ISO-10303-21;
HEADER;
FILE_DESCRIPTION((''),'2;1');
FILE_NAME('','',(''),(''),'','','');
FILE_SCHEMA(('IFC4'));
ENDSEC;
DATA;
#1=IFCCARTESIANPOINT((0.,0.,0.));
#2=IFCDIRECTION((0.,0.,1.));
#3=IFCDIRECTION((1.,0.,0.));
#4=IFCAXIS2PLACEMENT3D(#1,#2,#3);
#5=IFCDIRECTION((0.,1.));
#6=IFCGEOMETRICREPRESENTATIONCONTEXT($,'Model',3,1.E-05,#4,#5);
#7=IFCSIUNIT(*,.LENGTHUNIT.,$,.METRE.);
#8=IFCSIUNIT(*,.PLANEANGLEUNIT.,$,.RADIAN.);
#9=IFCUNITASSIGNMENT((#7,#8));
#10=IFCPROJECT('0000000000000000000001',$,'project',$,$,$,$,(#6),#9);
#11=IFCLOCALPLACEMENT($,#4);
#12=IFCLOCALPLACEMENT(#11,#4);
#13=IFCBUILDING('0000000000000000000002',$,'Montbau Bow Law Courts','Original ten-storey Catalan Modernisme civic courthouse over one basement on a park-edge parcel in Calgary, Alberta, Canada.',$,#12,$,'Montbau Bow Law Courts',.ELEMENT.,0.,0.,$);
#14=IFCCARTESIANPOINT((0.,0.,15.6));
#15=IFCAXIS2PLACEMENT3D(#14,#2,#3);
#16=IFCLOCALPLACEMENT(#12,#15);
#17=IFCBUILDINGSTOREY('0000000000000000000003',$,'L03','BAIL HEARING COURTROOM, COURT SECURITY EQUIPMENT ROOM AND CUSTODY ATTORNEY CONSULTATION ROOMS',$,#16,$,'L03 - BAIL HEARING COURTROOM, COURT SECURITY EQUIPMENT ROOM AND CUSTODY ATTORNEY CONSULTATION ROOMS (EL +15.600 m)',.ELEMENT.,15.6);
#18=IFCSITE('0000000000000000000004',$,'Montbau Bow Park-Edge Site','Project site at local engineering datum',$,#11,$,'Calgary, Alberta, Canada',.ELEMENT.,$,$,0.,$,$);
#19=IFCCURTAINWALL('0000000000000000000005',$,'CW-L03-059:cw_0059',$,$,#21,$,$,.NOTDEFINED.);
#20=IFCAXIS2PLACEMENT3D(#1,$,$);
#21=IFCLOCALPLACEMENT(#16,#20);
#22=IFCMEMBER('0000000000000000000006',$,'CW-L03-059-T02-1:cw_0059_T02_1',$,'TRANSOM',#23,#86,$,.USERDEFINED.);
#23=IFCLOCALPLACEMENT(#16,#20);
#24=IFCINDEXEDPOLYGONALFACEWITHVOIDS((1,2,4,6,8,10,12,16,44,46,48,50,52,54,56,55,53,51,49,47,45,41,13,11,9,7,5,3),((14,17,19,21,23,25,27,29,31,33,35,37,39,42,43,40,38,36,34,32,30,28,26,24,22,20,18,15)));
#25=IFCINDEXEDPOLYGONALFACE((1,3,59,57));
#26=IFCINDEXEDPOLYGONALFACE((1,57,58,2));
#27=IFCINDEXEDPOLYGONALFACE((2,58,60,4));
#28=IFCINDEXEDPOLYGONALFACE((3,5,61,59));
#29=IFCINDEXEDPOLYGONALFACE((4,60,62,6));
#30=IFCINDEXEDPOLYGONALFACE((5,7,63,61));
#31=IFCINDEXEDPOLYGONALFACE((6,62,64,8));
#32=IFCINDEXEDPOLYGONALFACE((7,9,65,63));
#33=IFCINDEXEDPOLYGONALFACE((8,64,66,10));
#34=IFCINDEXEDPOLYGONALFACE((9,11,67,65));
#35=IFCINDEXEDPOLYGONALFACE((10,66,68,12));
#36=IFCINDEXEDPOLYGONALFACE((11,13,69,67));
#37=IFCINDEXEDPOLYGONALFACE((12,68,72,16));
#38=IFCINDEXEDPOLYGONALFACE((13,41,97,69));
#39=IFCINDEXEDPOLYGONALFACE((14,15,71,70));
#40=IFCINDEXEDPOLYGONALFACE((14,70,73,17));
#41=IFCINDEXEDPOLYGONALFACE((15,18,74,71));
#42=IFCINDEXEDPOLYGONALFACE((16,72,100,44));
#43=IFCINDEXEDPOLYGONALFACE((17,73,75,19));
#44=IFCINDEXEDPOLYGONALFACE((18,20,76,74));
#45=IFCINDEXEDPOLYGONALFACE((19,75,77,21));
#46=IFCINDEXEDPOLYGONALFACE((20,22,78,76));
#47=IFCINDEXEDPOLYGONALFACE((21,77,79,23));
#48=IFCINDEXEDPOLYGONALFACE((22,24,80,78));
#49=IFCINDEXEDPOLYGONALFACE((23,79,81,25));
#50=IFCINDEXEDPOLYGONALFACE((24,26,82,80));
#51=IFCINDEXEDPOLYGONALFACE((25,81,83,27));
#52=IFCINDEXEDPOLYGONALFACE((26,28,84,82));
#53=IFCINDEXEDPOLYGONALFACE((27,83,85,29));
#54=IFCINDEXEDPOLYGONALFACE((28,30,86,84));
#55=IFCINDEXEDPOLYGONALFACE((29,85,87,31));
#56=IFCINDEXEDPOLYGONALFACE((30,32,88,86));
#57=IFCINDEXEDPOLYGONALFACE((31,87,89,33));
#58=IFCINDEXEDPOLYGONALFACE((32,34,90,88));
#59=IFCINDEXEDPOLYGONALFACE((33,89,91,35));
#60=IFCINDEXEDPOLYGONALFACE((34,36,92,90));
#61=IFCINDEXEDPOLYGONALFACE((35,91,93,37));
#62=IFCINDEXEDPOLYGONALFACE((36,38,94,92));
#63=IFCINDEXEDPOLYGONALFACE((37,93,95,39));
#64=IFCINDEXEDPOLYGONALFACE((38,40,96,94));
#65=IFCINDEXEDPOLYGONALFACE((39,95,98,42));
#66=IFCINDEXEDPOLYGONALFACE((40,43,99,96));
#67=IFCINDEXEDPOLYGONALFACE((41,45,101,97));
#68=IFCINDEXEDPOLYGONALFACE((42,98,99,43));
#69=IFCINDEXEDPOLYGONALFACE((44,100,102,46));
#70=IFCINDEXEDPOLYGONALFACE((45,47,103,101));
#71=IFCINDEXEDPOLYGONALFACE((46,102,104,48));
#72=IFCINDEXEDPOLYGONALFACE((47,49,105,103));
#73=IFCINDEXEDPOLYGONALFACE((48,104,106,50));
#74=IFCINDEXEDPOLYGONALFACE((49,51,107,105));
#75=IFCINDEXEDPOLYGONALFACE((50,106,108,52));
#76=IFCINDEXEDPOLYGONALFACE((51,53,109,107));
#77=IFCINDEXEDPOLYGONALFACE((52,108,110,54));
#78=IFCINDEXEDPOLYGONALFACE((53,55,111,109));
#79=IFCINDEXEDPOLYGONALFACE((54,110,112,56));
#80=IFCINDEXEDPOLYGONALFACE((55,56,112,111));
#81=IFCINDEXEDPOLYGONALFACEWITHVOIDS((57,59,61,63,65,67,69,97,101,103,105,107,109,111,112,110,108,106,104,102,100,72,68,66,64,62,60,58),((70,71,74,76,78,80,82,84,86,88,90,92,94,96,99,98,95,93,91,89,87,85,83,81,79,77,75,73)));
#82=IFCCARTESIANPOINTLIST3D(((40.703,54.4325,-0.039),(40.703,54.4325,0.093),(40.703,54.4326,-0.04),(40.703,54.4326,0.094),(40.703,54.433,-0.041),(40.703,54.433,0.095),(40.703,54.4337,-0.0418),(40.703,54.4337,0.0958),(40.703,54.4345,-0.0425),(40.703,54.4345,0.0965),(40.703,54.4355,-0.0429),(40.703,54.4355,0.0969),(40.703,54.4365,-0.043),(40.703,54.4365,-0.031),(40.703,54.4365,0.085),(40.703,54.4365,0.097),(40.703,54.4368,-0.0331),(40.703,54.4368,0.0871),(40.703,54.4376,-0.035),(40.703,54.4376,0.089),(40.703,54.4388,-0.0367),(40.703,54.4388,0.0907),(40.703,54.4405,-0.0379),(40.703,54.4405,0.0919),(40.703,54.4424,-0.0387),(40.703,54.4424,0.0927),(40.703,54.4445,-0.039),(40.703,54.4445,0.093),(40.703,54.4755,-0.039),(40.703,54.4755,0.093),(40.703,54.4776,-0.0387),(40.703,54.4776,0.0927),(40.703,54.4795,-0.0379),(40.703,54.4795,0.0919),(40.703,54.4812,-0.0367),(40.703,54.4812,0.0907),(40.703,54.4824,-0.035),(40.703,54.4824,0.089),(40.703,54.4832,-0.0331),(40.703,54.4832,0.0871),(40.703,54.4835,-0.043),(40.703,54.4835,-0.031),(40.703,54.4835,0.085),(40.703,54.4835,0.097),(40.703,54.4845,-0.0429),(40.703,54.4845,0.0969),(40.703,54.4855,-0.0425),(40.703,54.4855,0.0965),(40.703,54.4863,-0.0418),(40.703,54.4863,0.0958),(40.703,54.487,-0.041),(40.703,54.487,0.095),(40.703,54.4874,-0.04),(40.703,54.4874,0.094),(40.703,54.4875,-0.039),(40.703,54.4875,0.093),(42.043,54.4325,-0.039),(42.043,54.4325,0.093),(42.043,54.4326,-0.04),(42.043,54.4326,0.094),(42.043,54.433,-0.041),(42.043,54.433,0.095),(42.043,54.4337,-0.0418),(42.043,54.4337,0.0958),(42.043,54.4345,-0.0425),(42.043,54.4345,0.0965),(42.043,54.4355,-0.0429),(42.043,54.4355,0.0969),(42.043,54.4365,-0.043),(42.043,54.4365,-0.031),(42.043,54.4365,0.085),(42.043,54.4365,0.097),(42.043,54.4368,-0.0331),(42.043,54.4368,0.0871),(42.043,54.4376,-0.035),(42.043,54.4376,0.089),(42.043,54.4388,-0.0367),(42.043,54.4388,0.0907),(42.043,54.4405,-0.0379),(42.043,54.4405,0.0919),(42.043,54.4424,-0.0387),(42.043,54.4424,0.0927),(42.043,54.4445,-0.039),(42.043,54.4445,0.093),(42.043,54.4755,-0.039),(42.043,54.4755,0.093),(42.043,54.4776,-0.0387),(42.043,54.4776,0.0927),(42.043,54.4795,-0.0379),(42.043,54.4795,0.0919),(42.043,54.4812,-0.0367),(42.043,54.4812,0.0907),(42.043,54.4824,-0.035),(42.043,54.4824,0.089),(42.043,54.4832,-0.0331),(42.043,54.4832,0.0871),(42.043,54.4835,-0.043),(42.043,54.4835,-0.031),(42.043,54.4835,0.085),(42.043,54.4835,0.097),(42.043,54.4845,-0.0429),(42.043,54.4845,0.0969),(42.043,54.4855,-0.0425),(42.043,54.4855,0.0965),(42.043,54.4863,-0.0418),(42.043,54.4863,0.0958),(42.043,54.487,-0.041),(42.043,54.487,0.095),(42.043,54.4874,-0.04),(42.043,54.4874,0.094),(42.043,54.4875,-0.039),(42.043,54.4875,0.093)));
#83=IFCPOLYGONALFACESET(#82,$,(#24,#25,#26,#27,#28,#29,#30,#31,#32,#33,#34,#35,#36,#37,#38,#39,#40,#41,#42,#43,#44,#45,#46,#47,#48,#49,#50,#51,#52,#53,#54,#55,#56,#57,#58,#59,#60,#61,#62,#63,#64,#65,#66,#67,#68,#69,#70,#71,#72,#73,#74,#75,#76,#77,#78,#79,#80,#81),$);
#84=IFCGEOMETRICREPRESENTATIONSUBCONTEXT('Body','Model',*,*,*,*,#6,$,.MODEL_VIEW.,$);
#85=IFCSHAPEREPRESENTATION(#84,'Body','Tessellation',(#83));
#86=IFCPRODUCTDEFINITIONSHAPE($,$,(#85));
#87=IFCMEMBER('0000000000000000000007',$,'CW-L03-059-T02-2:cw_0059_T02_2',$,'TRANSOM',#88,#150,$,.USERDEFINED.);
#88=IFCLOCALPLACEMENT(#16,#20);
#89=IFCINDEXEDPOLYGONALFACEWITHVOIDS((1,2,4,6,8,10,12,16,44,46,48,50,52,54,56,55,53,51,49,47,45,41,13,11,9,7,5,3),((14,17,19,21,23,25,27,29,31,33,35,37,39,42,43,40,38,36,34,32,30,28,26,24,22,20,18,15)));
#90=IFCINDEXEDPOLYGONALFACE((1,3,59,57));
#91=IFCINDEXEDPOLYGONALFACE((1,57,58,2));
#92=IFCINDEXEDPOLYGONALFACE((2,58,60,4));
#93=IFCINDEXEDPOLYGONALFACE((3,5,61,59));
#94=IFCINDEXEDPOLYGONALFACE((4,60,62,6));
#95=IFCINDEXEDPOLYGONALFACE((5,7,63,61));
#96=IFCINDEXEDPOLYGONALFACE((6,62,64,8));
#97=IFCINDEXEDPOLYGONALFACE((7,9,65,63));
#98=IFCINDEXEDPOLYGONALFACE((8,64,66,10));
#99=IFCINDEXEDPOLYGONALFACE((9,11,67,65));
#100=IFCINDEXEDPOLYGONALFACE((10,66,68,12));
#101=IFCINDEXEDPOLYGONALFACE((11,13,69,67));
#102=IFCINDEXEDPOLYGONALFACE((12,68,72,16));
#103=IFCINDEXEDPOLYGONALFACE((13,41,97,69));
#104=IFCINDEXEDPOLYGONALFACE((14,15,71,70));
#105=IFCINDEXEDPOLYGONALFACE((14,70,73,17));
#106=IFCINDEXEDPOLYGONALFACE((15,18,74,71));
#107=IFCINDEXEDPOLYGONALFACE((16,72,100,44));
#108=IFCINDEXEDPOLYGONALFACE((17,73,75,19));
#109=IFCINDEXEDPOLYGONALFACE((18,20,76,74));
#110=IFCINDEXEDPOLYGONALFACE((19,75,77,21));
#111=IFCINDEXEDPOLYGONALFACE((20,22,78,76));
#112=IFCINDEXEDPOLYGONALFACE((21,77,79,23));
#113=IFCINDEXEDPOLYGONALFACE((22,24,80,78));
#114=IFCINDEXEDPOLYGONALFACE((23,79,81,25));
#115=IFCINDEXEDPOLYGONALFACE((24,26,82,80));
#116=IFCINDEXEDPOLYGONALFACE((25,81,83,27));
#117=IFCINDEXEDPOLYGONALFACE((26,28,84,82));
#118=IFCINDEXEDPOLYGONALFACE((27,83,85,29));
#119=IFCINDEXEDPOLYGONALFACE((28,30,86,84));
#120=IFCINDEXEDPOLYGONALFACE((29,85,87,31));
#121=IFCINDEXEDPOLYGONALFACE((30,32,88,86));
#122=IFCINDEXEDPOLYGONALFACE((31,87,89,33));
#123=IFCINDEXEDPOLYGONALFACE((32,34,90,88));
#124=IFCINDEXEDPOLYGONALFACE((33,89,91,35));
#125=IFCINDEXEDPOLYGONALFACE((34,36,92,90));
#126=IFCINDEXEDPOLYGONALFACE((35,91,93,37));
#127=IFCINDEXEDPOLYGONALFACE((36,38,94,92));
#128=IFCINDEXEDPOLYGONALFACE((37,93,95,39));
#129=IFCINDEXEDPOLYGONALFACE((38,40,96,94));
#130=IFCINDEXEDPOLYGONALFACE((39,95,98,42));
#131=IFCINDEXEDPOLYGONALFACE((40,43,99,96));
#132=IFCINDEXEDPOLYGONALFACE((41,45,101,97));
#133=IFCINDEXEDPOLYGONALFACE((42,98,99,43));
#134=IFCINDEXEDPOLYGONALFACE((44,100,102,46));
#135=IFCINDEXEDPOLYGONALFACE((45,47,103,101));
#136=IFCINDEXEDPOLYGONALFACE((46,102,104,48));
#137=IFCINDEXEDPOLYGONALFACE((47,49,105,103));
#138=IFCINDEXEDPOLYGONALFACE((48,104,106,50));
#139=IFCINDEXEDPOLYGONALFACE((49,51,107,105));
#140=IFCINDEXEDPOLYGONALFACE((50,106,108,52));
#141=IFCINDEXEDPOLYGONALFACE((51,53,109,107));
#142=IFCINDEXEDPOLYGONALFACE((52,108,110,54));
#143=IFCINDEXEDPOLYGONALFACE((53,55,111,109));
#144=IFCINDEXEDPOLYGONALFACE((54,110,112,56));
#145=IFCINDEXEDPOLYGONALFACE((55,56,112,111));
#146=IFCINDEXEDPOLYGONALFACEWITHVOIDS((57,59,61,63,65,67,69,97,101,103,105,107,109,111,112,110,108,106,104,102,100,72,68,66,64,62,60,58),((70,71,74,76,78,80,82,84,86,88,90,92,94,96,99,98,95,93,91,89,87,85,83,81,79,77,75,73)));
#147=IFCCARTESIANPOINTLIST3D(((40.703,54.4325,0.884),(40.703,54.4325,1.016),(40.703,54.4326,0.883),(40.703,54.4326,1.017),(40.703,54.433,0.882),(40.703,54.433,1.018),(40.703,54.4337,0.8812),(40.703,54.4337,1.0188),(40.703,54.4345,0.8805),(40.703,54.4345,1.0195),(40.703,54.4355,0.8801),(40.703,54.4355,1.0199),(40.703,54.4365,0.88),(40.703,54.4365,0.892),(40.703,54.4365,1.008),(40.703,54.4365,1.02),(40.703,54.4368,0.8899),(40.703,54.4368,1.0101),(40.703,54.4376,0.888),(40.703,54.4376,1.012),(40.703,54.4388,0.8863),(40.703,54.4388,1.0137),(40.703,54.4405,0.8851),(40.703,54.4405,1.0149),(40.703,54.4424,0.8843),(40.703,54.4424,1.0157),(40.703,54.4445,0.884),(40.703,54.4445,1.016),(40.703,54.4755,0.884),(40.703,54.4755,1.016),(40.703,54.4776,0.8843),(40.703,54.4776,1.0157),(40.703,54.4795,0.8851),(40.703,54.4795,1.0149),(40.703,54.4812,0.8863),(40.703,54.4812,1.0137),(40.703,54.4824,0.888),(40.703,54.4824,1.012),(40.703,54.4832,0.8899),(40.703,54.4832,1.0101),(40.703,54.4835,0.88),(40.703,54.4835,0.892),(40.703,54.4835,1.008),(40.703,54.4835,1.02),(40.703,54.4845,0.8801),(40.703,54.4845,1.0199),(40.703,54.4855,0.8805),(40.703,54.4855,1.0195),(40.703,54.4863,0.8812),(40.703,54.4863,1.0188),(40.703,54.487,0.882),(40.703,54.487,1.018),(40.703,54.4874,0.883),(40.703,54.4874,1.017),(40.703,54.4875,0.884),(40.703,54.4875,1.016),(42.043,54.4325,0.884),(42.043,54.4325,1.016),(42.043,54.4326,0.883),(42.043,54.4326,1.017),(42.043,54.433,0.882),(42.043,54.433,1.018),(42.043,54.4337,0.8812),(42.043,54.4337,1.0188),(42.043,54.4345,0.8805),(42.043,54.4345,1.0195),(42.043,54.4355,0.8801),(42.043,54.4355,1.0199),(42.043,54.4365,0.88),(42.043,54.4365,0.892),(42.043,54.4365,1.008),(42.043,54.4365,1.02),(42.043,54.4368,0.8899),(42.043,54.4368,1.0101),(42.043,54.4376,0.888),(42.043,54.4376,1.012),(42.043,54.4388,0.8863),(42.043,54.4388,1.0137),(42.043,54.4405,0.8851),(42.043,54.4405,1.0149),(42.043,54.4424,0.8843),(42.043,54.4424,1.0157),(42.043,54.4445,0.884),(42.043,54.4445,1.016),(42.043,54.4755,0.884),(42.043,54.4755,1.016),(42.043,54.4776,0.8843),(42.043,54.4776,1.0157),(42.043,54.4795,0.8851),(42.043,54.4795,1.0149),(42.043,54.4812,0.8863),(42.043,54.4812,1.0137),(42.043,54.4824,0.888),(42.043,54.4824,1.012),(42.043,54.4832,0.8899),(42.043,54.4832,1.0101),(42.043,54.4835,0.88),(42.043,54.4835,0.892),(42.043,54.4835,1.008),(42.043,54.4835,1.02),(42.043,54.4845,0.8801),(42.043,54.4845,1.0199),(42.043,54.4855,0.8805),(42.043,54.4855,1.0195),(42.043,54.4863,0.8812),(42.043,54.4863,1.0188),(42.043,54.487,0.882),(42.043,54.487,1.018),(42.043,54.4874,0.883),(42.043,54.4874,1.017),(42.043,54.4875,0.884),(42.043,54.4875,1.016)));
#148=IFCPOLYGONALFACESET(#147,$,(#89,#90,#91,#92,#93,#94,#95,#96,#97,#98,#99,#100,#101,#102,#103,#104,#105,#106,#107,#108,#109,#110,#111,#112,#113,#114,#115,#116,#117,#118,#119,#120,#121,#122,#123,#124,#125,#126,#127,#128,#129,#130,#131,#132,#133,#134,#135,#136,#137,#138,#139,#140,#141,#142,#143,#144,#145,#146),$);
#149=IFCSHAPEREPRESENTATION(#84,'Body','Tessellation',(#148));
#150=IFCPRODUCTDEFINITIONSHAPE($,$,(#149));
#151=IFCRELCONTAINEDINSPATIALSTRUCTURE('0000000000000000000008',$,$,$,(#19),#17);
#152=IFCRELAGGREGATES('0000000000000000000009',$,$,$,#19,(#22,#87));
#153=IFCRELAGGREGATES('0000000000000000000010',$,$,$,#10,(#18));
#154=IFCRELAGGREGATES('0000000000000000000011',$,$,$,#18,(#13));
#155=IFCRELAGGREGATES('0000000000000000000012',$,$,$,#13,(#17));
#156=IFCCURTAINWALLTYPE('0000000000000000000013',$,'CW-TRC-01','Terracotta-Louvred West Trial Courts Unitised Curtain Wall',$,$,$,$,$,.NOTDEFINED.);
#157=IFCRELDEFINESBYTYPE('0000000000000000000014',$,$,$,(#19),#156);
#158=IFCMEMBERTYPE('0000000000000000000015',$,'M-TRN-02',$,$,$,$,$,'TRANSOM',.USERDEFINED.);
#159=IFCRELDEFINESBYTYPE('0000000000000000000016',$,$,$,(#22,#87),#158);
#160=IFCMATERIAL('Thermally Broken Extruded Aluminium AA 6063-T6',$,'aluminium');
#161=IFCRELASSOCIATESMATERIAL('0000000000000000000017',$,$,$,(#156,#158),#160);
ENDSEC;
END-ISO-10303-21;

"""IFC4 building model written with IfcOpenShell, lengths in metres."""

from ifc_helpers import new_model, si_unit, direction, frame, origin_with_axes, origin_2d_with_axis, place, context, subcontext, project, spatial, hollow_rectangle, extrude, material, material_profile, profile_set, type_object, element, aggregate, save


model = new_model("IFC4")

# Units and contexts
model_context = context("Model", 3, precision=1e-05, world=origin_with_axes(), true_north=direction((0.0, 1.0)))
body_context = subcontext(model_context, "Body", "Model", "MODEL_VIEW")
ifc_project = project(units=[si_unit("LENGTHUNIT", "METRE"), si_unit("PLANEANGLEUNIT", "RADIAN")], contexts=[model_context])

# Site, building, storey
site_placement = place(None, origin_with_axes())
site = spatial("IfcSite", under=ifc_project, at=site_placement, Name="Montbau Bow Park-Edge Site", Description="Project site at local engineering datum", LongName="Calgary, Alberta, Canada", CompositionType="ELEMENT", RefElevation=0.0)
building_placement = place(site_placement, origin_with_axes())
building = spatial("IfcBuilding", under=site, at=building_placement, Name="Montbau Bow Law Courts", Description="Original ten-storey Catalan Modernisme civic courthouse over one basement on a park-edge parcel in Calgary, Alberta, Canada.", LongName="Montbau Bow Law Courts", CompositionType="ELEMENT", ElevationOfRefHeight=0.0, ElevationOfTerrain=0.0)
storey_placement = place(building_placement, frame((0.0, 0.0, 15.6), z_axis=(0.0, 0.0, 1.0), x_axis=(1.0, 0.0, 0.0)))
storey = spatial("IfcBuildingStorey", under=building, at=storey_placement, Name="L03", Description="BAIL HEARING COURTROOM, COURT SECURITY EQUIPMENT ROOM AND CUSTODY ATTORNEY CONSULTATION ROOMS", LongName="L03 - BAIL HEARING COURTROOM, COURT SECURITY EQUIPMENT ROOM AND CUSTODY ATTORNEY CONSULTATION ROOMS (EL +15.600 m)", CompositionType="ELEMENT", Elevation=15.6)

# Shared definitions
ifc_material_1 = material(Name="Thermally Broken Extruded Aluminium AA 6063-T6", Category="aluminium")
curtain_wall_type = type_object("IfcCurtainWallType", Name="CW-TRC-01", Description="Terracotta-Louvred West Trial Courts Unitised Curtain Wall", PredefinedType="NOTDEFINED", material=ifc_material_1)

# Curtain wall
curtain_wall_1_placement = place(None, frame((39.268, 54.46, 15.6), z_axis=(0.0, 0.0, 1.0), x_axis=(1.0, 0.0, 0.0)))
curtain_wall_1 = element("IfcCurtainWall", 1, at=curtain_wall_1_placement, inside=storey, type_object=curtain_wall_type, Name="CW-L03-059:cw_0059", PredefinedType="NOTDEFINED")

# Members
ifc_material_profile_1 = material_profile(ifc_material_1, hollow_rectangle(XDim=0.055, YDim=0.14, WallThickness=0.004, InnerFilletRadius=0.008, OuterFilletRadius=0.004, at=origin_2d_with_axis()), Name="CWT-140X55", Category="Main", Priority=0)
ifc_profile_set_1 = profile_set([ifc_material_profile_1], Name="Thermally Broken Extruded Aluminium AA 6063-T6")
member_type_1 = type_object("IfcMemberType", Name="M-TRN-02", ElementType="TRANSOM", PredefinedType="USERDEFINED", material=ifc_profile_set_1)
member_1_placement = place(None, frame((40.703, 54.46, 15.627), z_axis=(1.0, 0.0, 0.0), x_axis=(0.0, 1.0, 0.0)))
member_1 = element("IfcMember", 2, at=member_1_placement, type_object=member_type_1, Name="CW-L03-059-T02-1:cw_0059_T02_1", ObjectType="TRANSOM", PredefinedType="USERDEFINED", context=body_context, shape_type="SweptSolid", body=[
    extrude(hollow_rectangle(XDim=0.055, YDim=0.14, WallThickness=0.004, InnerFilletRadius=0.008, OuterFilletRadius=0.004, at=origin_2d_with_axis()), origin_with_axes(), (0.0, 0.0, 1.0), 1.34),
])
member_2_placement = place(None, frame((40.703, 54.46, 16.55), z_axis=(1.0, 0.0, 0.0), x_axis=(0.0, 1.0, 0.0)))
member_2 = element("IfcMember", 3, at=member_2_placement, type_object=member_type_1, Name="CW-L03-059-T02-2:cw_0059_T02_2", ObjectType="TRANSOM", PredefinedType="USERDEFINED", context=body_context, shape_type="SweptSolid", body=[
    extrude(hollow_rectangle(XDim=0.055, YDim=0.14, WallThickness=0.004, InnerFilletRadius=0.008, OuterFilletRadius=0.004, at=origin_2d_with_axis()), origin_with_axes(), (0.0, 0.0, 1.0), 1.34),
])

aggregate(curtain_wall_1, [member_1, member_2])

save(model, "model.ifc")
